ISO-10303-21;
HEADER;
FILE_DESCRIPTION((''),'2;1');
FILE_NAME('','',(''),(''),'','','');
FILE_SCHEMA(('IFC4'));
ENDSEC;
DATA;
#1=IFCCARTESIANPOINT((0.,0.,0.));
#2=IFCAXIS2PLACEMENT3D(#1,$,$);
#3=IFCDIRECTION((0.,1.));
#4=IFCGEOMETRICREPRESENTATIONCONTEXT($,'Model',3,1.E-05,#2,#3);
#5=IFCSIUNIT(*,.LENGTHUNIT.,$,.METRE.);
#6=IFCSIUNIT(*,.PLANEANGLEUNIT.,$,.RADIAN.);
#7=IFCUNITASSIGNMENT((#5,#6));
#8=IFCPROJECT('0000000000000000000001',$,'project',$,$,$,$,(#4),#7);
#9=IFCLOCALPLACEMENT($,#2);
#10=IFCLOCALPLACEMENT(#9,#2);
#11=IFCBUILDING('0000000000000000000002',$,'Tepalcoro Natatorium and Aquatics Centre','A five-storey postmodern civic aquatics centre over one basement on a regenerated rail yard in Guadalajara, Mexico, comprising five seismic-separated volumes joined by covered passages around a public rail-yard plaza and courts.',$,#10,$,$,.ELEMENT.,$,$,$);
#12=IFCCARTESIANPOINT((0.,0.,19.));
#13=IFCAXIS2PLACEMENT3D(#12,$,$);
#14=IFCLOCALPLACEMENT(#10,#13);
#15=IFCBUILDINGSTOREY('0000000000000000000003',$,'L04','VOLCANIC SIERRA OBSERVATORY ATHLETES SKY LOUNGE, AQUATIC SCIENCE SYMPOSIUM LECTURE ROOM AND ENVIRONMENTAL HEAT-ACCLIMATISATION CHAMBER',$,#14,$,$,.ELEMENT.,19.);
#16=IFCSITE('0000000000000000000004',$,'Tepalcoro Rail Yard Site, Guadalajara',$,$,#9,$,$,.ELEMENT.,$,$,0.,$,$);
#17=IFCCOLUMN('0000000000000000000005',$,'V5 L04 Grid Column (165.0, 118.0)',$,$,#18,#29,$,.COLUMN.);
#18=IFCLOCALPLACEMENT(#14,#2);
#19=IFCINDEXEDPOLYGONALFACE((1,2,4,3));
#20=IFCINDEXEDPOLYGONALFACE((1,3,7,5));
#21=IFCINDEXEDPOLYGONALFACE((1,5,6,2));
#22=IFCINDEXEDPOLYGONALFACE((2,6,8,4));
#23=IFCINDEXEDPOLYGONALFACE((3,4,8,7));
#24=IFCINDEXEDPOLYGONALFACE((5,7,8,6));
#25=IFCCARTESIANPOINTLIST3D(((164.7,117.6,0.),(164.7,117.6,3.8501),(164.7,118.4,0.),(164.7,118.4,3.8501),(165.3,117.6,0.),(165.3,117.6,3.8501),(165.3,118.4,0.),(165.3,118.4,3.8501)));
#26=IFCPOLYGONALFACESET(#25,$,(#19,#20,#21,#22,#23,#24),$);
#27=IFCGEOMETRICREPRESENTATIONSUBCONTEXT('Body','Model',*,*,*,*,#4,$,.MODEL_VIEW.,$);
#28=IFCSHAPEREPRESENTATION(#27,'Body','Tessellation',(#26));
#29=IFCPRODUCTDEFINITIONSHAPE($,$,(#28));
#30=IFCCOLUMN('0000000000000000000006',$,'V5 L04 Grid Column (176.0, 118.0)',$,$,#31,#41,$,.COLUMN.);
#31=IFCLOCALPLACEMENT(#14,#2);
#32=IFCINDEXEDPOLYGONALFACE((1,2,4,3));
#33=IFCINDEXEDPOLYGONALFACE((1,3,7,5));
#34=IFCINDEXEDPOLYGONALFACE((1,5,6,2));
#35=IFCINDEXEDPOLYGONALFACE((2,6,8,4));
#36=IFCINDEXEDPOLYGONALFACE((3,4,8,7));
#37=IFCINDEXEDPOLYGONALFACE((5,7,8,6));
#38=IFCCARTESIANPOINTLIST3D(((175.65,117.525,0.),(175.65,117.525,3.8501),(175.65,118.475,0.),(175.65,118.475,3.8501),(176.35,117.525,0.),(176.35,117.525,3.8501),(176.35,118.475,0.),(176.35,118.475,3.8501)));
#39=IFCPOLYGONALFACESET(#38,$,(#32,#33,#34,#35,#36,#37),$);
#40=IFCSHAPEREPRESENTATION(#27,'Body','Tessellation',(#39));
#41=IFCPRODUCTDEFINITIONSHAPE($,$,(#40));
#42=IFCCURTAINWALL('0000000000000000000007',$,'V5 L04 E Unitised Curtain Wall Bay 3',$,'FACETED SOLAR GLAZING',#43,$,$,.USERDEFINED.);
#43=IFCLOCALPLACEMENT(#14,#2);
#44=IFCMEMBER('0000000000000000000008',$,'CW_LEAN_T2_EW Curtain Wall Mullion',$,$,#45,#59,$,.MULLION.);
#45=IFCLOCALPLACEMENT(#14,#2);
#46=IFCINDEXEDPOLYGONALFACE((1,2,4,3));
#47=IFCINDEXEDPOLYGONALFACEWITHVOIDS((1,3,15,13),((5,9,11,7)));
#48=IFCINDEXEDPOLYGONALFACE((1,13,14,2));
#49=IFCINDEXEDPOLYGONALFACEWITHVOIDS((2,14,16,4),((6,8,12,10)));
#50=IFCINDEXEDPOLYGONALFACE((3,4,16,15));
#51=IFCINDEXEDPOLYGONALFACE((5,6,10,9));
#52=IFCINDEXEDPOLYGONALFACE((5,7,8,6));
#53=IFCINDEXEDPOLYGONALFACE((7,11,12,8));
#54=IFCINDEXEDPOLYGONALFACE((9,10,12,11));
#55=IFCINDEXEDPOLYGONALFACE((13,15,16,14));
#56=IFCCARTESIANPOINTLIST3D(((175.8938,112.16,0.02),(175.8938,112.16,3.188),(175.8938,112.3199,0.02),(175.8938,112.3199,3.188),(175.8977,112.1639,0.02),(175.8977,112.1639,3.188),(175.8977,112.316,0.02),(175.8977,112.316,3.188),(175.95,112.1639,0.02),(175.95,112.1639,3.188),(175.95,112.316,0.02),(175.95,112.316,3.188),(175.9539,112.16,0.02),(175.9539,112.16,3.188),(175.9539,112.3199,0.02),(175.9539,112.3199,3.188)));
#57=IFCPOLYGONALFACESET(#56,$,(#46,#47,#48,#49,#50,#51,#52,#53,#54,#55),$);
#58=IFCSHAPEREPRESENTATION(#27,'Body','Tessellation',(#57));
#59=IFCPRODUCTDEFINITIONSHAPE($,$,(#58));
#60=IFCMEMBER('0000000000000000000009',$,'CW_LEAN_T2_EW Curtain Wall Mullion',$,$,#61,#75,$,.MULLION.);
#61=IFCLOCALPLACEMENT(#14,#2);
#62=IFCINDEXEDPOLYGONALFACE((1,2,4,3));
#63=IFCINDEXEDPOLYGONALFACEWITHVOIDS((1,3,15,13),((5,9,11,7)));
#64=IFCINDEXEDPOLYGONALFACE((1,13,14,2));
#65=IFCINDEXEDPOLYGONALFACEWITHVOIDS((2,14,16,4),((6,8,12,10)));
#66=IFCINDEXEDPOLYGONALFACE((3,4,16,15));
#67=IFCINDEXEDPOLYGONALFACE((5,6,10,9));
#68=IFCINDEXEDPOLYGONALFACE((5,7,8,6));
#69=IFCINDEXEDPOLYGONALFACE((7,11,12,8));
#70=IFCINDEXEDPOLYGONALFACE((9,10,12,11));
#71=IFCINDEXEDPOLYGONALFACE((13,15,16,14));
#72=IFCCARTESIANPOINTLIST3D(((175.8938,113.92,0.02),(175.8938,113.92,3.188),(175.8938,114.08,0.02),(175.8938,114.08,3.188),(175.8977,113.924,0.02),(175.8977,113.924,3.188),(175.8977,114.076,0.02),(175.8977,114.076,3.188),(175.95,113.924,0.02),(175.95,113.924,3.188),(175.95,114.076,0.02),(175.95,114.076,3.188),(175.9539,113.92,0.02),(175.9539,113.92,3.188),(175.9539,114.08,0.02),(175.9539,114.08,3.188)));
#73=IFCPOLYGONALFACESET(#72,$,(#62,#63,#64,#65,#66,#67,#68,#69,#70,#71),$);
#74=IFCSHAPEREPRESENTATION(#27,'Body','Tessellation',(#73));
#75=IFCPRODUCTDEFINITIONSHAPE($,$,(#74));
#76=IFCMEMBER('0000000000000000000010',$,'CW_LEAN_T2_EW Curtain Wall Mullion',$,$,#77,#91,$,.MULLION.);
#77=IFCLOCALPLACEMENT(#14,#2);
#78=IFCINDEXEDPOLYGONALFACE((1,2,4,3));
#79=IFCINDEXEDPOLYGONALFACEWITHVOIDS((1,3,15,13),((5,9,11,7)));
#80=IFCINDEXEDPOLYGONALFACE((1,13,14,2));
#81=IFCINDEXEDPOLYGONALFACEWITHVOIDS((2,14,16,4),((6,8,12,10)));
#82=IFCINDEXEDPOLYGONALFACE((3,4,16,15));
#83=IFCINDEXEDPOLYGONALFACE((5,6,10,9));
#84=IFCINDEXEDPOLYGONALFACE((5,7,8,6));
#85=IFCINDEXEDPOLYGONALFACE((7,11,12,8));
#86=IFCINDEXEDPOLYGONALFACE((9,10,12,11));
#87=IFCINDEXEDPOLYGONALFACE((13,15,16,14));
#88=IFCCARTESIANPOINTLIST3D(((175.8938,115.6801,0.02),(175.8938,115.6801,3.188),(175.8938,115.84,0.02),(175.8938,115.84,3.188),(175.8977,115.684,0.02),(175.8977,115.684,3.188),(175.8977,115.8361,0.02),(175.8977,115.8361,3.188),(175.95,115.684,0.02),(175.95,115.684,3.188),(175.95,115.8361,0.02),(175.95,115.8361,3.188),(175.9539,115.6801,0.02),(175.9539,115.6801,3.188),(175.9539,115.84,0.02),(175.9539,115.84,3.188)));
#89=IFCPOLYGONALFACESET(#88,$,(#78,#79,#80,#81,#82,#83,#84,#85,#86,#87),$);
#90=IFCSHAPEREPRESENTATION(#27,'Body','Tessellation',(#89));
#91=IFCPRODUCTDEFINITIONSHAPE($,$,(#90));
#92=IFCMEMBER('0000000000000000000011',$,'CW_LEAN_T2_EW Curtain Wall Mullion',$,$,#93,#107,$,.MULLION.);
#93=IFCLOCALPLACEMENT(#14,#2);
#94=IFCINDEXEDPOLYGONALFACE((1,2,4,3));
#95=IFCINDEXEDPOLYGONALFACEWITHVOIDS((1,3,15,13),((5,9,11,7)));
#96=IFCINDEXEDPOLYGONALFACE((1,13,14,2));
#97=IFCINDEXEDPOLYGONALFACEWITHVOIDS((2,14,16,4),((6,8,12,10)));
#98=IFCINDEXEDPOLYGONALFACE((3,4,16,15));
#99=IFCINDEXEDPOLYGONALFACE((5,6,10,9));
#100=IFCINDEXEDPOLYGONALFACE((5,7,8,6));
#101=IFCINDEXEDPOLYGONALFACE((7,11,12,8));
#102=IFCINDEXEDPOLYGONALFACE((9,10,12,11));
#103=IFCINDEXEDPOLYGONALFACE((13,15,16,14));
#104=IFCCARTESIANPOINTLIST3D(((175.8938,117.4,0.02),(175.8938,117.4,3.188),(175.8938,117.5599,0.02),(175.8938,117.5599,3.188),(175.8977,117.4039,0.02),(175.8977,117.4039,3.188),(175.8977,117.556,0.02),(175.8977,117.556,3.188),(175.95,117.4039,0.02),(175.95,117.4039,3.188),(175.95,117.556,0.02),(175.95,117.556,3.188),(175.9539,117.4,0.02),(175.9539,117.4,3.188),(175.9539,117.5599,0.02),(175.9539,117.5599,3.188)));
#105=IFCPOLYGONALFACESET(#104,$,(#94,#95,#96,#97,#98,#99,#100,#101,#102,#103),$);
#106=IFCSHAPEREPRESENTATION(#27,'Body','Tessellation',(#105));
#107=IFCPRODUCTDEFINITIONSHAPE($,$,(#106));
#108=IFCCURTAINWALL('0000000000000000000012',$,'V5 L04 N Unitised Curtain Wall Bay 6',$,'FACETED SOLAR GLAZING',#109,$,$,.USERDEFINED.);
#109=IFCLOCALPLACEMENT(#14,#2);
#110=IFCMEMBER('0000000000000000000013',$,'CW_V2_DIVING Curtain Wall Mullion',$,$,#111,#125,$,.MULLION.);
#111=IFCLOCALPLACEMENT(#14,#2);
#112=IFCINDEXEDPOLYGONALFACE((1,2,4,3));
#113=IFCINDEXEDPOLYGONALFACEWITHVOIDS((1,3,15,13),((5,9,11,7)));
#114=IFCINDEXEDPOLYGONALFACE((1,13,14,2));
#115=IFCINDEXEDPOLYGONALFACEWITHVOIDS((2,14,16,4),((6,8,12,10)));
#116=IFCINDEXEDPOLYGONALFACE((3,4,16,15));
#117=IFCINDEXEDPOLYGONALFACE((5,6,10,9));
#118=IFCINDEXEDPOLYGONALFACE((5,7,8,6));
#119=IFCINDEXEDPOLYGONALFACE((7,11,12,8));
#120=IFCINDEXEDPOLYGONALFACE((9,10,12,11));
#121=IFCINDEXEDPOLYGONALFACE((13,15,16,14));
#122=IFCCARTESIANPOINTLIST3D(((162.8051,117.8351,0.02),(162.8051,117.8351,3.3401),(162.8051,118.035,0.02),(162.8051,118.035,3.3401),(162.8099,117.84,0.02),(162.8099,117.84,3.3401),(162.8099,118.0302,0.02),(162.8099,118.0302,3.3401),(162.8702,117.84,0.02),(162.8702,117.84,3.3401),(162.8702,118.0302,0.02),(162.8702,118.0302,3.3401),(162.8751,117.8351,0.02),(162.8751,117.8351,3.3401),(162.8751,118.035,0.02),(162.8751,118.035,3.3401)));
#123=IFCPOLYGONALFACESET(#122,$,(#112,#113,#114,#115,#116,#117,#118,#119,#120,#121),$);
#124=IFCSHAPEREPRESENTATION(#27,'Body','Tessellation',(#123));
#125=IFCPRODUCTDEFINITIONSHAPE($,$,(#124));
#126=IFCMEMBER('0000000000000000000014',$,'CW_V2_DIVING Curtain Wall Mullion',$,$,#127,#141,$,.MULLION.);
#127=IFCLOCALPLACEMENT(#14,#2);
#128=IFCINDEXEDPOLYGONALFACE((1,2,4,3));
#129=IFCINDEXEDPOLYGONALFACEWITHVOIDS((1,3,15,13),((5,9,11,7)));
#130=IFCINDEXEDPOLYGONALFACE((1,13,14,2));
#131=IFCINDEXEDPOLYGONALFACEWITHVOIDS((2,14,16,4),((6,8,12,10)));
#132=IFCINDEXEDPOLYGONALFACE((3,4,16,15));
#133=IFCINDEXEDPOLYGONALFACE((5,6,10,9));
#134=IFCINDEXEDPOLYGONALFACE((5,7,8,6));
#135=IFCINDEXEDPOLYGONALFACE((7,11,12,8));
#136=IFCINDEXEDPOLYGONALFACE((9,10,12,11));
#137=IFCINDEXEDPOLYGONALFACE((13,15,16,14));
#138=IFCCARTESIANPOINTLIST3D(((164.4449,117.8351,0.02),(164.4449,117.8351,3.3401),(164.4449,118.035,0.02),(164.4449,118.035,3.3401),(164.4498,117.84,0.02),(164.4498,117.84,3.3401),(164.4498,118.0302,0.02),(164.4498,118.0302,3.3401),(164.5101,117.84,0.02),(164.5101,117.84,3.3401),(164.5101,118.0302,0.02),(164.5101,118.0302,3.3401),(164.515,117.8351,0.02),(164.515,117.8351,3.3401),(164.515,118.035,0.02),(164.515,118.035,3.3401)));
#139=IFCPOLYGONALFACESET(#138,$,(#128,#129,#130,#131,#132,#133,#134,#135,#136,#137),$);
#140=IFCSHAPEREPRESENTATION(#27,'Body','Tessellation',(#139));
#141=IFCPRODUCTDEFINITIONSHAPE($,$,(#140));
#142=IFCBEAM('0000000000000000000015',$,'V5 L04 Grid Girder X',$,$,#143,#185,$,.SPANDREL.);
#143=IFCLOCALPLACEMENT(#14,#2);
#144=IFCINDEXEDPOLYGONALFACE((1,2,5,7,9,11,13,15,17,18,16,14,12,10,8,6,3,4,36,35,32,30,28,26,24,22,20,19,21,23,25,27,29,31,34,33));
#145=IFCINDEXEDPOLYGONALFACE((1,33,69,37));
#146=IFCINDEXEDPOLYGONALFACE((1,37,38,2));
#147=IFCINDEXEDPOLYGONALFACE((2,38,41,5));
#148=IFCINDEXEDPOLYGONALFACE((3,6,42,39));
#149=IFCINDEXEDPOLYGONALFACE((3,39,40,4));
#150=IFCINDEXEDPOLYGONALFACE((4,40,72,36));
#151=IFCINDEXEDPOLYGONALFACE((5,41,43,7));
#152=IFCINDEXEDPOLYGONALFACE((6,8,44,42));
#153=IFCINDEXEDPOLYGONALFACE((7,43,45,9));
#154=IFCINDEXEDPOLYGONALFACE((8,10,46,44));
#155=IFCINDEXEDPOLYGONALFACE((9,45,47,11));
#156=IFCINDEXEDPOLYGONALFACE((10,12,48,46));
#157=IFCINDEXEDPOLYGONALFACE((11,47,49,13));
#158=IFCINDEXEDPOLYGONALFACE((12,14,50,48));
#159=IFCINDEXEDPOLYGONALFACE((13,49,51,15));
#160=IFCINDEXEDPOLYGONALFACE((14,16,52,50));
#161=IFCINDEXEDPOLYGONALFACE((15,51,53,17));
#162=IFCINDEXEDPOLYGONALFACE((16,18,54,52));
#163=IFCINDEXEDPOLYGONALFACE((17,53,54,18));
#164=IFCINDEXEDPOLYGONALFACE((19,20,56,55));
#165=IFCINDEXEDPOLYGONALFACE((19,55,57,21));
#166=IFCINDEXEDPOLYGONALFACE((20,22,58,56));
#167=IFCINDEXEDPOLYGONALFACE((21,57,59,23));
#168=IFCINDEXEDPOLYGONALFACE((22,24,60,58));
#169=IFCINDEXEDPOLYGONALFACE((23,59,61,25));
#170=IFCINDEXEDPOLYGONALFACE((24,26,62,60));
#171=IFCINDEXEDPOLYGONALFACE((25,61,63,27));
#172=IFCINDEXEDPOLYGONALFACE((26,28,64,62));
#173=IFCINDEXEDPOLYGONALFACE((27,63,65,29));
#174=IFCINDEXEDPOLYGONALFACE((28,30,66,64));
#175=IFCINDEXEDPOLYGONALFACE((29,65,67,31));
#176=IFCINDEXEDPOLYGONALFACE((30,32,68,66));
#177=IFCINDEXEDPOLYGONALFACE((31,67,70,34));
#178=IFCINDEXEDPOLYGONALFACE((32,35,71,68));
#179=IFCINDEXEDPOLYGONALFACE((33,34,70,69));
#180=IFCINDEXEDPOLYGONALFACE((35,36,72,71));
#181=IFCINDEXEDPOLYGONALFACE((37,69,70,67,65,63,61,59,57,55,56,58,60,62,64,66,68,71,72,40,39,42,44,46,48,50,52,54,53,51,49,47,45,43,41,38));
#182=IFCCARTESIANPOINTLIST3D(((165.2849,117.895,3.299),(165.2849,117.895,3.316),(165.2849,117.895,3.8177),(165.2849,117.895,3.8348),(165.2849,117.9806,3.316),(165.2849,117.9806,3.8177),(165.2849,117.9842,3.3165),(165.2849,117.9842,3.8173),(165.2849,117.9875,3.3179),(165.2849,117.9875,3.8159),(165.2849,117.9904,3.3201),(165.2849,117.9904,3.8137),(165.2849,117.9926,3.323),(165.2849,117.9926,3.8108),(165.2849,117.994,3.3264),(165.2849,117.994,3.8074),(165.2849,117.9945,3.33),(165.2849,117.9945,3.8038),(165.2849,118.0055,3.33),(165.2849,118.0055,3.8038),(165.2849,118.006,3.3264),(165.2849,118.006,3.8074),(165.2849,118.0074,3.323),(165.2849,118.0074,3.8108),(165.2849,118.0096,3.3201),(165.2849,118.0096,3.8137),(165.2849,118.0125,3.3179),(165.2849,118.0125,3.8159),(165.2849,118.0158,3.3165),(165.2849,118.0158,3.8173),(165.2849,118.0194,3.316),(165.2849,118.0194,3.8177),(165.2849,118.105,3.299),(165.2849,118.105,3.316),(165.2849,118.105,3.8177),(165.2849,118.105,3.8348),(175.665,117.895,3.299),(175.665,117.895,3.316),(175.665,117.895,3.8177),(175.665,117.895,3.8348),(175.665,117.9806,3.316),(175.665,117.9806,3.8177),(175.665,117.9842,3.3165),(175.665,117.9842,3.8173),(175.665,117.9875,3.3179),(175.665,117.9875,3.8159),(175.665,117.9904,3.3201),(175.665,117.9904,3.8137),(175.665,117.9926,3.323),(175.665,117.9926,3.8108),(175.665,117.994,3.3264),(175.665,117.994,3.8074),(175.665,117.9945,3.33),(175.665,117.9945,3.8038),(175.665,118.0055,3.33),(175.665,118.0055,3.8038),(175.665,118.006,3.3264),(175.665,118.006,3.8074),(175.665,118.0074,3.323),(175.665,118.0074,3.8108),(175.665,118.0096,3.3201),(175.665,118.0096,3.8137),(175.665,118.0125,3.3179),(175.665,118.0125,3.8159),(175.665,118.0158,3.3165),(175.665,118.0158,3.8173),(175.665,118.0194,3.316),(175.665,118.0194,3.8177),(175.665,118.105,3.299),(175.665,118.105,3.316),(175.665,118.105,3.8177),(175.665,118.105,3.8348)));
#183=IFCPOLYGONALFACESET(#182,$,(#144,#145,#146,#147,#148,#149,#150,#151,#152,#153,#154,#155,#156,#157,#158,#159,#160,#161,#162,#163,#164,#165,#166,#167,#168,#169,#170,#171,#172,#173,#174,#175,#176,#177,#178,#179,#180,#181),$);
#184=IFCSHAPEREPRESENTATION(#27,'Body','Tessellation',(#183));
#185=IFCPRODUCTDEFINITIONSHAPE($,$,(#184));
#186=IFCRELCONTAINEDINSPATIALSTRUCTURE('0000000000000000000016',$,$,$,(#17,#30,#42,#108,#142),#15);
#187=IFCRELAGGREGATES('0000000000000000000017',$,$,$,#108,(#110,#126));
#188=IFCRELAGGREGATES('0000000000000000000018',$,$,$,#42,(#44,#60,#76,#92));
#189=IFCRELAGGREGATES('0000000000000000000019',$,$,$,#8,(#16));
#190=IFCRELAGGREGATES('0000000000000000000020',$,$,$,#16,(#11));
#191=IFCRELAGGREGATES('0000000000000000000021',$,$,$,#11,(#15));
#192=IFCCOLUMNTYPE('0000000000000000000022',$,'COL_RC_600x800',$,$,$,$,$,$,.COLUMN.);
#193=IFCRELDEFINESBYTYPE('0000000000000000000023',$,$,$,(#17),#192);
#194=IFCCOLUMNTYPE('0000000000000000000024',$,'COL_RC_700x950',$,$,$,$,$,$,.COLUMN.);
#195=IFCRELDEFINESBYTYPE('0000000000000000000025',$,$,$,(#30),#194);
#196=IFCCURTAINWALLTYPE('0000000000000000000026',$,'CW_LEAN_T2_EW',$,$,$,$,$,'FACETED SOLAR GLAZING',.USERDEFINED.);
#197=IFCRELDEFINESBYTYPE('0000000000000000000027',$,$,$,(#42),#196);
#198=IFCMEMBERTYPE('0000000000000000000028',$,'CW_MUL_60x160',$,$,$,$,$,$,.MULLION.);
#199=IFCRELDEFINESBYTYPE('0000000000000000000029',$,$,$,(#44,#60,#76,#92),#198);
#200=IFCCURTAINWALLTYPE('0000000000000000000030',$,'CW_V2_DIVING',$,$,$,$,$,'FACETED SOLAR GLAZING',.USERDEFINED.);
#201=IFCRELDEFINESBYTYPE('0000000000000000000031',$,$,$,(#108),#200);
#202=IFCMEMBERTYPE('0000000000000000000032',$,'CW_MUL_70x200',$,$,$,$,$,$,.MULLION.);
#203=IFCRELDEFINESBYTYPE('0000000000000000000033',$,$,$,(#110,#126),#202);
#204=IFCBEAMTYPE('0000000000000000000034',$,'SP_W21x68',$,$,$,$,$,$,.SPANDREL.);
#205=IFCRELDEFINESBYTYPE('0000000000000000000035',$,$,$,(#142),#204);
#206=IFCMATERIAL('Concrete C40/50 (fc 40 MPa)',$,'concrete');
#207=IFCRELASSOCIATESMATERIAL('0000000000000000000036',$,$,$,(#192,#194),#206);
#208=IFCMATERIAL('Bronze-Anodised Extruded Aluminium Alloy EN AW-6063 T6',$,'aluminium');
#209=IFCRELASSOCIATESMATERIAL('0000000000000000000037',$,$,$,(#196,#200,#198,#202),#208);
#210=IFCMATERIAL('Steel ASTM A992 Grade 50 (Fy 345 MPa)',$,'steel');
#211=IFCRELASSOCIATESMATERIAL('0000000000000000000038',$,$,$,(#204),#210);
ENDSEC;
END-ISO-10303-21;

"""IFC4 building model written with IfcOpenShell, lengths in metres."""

from ifc_helpers import new_model, si_unit, direction, frame, origin, origin_2d, place, context, subcontext, project, spatial, rectangle, hollow_rectangle, i_section, extrude, material, material_profile, profile_set, type_object, element, aggregate, save


model = new_model("IFC4")

# Units and contexts
model_context = context("Model", 3, precision=1e-05, world=origin(), true_north=direction((0.0, 1.0)))
body_context = subcontext(model_context, "Body", "Model", "MODEL_VIEW")
ifc_project = project(units=[si_unit("LENGTHUNIT", "METRE"), si_unit("PLANEANGLEUNIT", "RADIAN")], contexts=[model_context])

# Site, building, storey
site_placement = place(None, origin())
site = spatial("IfcSite", under=ifc_project, at=site_placement, Name="Tepalcoro Rail Yard Site, Guadalajara", CompositionType="ELEMENT", RefElevation=0.0)
building_placement = place(site_placement, origin())
building = spatial("IfcBuilding", under=site, at=building_placement, Name="Tepalcoro Natatorium and Aquatics Centre", Description="A five-storey postmodern civic aquatics centre over one basement on a regenerated rail yard in Guadalajara, Mexico, comprising five seismic-separated volumes joined by covered passages around a public rail-yard plaza and courts.", CompositionType="ELEMENT")
storey_placement = place(building_placement, frame((0.0, 0.0, 19.0)))
storey = spatial("IfcBuildingStorey", under=building, at=storey_placement, Name="L04", Description="VOLCANIC SIERRA OBSERVATORY ATHLETES SKY LOUNGE, AQUATIC SCIENCE SYMPOSIUM LECTURE ROOM AND ENVIRONMENTAL HEAT-ACCLIMATISATION CHAMBER", CompositionType="ELEMENT", Elevation=19.0)

# Columns
ifc_material_1 = material(Name="Concrete C40/50 (fc 40 MPa)", Category="concrete")
ifc_material_profile_1 = material_profile(ifc_material_1, rectangle(XDim=0.6001, YDim=0.8, at=origin_2d()), Name="RC600x800")
ifc_profile_set_1 = profile_set([ifc_material_profile_1], Name="Concrete C40/50 (fc 40 MPa)")
column_type_1 = type_object("IfcColumnType", Name="COL_RC_600x800", PredefinedType="COLUMN", material=ifc_profile_set_1)
column_1_placement = place(storey_placement, frame((165.0, 118.0, 0.0), z_axis=(0.0, 0.0, 1.0), x_axis=(1.0, 0.0, 0.0)))
element("IfcColumn", 1, at=column_1_placement, inside=storey, type_object=column_type_1, Name="V5 L04 Grid Column (165.0, 118.0)", PredefinedType="COLUMN", context=body_context, shape_type="SweptSolid", body=[
    extrude(rectangle(XDim=0.6001, YDim=0.8, at=origin_2d()), origin(), (0.0, 0.0, 1.0), 3.8501),
])
ifc_material_profile_2 = material_profile(ifc_material_1, rectangle(XDim=0.7, YDim=0.95, at=origin_2d()), Name="RC700x950")
ifc_profile_set_2 = profile_set([ifc_material_profile_2], Name="Concrete C40/50 (fc 40 MPa)")
column_type_2 = type_object("IfcColumnType", Name="COL_RC_700x950", PredefinedType="COLUMN", material=ifc_profile_set_2)
column_2_placement = place(storey_placement, frame((176.0, 118.0, 0.0), z_axis=(0.0, 0.0, 1.0), x_axis=(1.0, 0.0, 0.0)))
element("IfcColumn", 2, at=column_2_placement, inside=storey, type_object=column_type_2, Name="V5 L04 Grid Column (176.0, 118.0)", PredefinedType="COLUMN", context=body_context, shape_type="SweptSolid", body=[
    extrude(rectangle(XDim=0.7, YDim=0.95, at=origin_2d()), origin(), (0.0, 0.0, 1.0), 3.8501),
])

# Curtain walls, members
ifc_material_2 = material(Name="Bronze-Anodised Extruded Aluminium Alloy EN AW-6063 T6", Category="aluminium")
curtain_wall_type_1 = type_object("IfcCurtainWallType", Name="CW_LEAN_T2_EW", ElementType="FACETED SOLAR GLAZING", PredefinedType="USERDEFINED", material=ifc_material_2)
curtain_wall_1_placement = place(storey_placement, origin())
curtain_wall_1 = element("IfcCurtainWall", 3, at=curtain_wall_1_placement, inside=storey, type_object=curtain_wall_type_1, Name="V5 L04 E Unitised Curtain Wall Bay 3", ObjectType="FACETED SOLAR GLAZING", PredefinedType="USERDEFINED")
ifc_material_profile_3 = material_profile(ifc_material_2, hollow_rectangle(XDim=0.0601, YDim=0.1599, WallThickness=0.0039, at=origin_2d()), Name="AL60X160X4")
ifc_profile_set_3 = profile_set([ifc_material_profile_3], Name="Bronze-Anodised Extruded Aluminium Alloy EN AW-6063 T6")
member_type_1 = type_object("IfcMemberType", Name="CW_MUL_60x160", PredefinedType="MULLION", material=ifc_profile_set_3)
member_1_placement = place(storey_placement, frame((175.9238, 112.24, 0.02), z_axis=(0.0, 0.0, 1.0), x_axis=(1.0, 0.0, 0.0)))
member_1 = element("IfcMember", 4, at=member_1_placement, type_object=member_type_1, Name="CW_LEAN_T2_EW Curtain Wall Mullion", PredefinedType="MULLION", context=body_context, shape_type="SweptSolid", body=[
    extrude(hollow_rectangle(XDim=0.0601, YDim=0.1599, WallThickness=0.0039, at=origin_2d()), origin(), (0.0, 0.0, 1.0), 3.168),
])
member_2_placement = place(storey_placement, frame((175.9238, 114.0, 0.02), z_axis=(0.0, 0.0, 1.0), x_axis=(1.0, 0.0, 0.0)))
member_2 = element("IfcMember", 5, at=member_2_placement, type_object=member_type_1, Name="CW_LEAN_T2_EW Curtain Wall Mullion", PredefinedType="MULLION", context=body_context, shape_type="SweptSolid", body=[
    extrude(hollow_rectangle(XDim=0.0601, YDim=0.1599, WallThickness=0.0039, at=origin_2d()), origin(), (0.0, 0.0, 1.0), 3.168),
])
member_3_placement = place(storey_placement, frame((175.9238, 115.76, 0.02), z_axis=(0.0, 0.0, 1.0), x_axis=(1.0, 0.0, 0.0)))
member_3 = element("IfcMember", 6, at=member_3_placement, type_object=member_type_1, Name="CW_LEAN_T2_EW Curtain Wall Mullion", PredefinedType="MULLION", context=body_context, shape_type="SweptSolid", body=[
    extrude(hollow_rectangle(XDim=0.0601, YDim=0.1599, WallThickness=0.0039, at=origin_2d()), origin(), (0.0, 0.0, 1.0), 3.168),
])
member_4_placement = place(storey_placement, frame((175.9238, 117.48, 0.02), z_axis=(0.0, 0.0, 1.0), x_axis=(1.0, 0.0, 0.0)))
member_4 = element("IfcMember", 7, at=member_4_placement, type_object=member_type_1, Name="CW_LEAN_T2_EW Curtain Wall Mullion", PredefinedType="MULLION", context=body_context, shape_type="SweptSolid", body=[
    extrude(hollow_rectangle(XDim=0.0601, YDim=0.1599, WallThickness=0.0039, at=origin_2d()), origin(), (0.0, 0.0, 1.0), 3.168),
])
curtain_wall_type_2 = type_object("IfcCurtainWallType", Name="CW_V2_DIVING", ElementType="FACETED SOLAR GLAZING", PredefinedType="USERDEFINED", material=ifc_material_2)
curtain_wall_2_placement = place(storey_placement, origin())
curtain_wall_2 = element("IfcCurtainWall", 8, at=curtain_wall_2_placement, inside=storey, type_object=curtain_wall_type_2, Name="V5 L04 N Unitised Curtain Wall Bay 6", ObjectType="FACETED SOLAR GLAZING", PredefinedType="USERDEFINED")
ifc_material_profile_4 = material_profile(ifc_material_2, hollow_rectangle(XDim=0.0701, YDim=0.2, WallThickness=0.0049, at=origin_2d()), Name="AL70X200X5")
ifc_profile_set_4 = profile_set([ifc_material_profile_4], Name="Bronze-Anodised Extruded Aluminium Alloy EN AW-6063 T6")
member_type_2 = type_object("IfcMemberType", Name="CW_MUL_70x200", PredefinedType="MULLION", material=ifc_profile_set_4)
member_5_placement = place(storey_placement, frame((162.8401, 117.9351, 0.02), z_axis=(0.0, 0.0, 1.0), x_axis=(1.0, 0.0, 0.0)))
member_5 = element("IfcMember", 9, at=member_5_placement, type_object=member_type_2, Name="CW_V2_DIVING Curtain Wall Mullion", PredefinedType="MULLION", context=body_context, shape_type="SweptSolid", body=[
    extrude(hollow_rectangle(XDim=0.0701, YDim=0.2, WallThickness=0.0049, at=origin_2d()), origin(), (0.0, 0.0, 1.0), 3.3201),
])
member_6_placement = place(storey_placement, frame((164.48, 117.9351, 0.02), z_axis=(0.0, 0.0, 1.0), x_axis=(1.0, 0.0, 0.0)))
member_6 = element("IfcMember", 10, at=member_6_placement, type_object=member_type_2, Name="CW_V2_DIVING Curtain Wall Mullion", PredefinedType="MULLION", context=body_context, shape_type="SweptSolid", body=[
    extrude(hollow_rectangle(XDim=0.0701, YDim=0.2, WallThickness=0.0049, at=origin_2d()), origin(), (0.0, 0.0, 1.0), 3.3201),
])

# Beam
ifc_material_3 = material(Name="Steel ASTM A992 Grade 50 (Fy 345 MPa)", Category="steel")
ifc_material_profile_5 = material_profile(ifc_material_3, i_section(OverallWidth=0.21, OverallDepth=0.5359, WebThickness=0.011, FlangeThickness=0.0171, FilletRadius=0.0139, at=origin_2d()), Name="W21X68")
ifc_profile_set_5 = profile_set([ifc_material_profile_5], Name="Steel ASTM A992 Grade 50 (Fy 345 MPa)")
beam_type = type_object("IfcBeamType", Name="SP_W21x68", PredefinedType="SPANDREL", material=ifc_profile_set_5)
beam_placement = place(storey_placement, frame((165.2849, 118.0, 3.5669), z_axis=(1.0, 0.0, 0.0), x_axis=(0.0, 1.0, 0.0)))
element("IfcBeam", 11, at=beam_placement, inside=storey, type_object=beam_type, Name="V5 L04 Grid Girder X", PredefinedType="SPANDREL", context=body_context, shape_type="SweptSolid", body=[
    extrude(i_section(OverallWidth=0.21, OverallDepth=0.5359, WebThickness=0.011, FlangeThickness=0.0171, FilletRadius=0.0139, at=origin_2d()), origin(), (0.0, 0.0, 1.0), 10.3801),
])

aggregate(curtain_wall_2, [member_5, member_6])
aggregate(curtain_wall_1, [member_1, member_2, member_3, member_4])

save(model, "model.ifc")
